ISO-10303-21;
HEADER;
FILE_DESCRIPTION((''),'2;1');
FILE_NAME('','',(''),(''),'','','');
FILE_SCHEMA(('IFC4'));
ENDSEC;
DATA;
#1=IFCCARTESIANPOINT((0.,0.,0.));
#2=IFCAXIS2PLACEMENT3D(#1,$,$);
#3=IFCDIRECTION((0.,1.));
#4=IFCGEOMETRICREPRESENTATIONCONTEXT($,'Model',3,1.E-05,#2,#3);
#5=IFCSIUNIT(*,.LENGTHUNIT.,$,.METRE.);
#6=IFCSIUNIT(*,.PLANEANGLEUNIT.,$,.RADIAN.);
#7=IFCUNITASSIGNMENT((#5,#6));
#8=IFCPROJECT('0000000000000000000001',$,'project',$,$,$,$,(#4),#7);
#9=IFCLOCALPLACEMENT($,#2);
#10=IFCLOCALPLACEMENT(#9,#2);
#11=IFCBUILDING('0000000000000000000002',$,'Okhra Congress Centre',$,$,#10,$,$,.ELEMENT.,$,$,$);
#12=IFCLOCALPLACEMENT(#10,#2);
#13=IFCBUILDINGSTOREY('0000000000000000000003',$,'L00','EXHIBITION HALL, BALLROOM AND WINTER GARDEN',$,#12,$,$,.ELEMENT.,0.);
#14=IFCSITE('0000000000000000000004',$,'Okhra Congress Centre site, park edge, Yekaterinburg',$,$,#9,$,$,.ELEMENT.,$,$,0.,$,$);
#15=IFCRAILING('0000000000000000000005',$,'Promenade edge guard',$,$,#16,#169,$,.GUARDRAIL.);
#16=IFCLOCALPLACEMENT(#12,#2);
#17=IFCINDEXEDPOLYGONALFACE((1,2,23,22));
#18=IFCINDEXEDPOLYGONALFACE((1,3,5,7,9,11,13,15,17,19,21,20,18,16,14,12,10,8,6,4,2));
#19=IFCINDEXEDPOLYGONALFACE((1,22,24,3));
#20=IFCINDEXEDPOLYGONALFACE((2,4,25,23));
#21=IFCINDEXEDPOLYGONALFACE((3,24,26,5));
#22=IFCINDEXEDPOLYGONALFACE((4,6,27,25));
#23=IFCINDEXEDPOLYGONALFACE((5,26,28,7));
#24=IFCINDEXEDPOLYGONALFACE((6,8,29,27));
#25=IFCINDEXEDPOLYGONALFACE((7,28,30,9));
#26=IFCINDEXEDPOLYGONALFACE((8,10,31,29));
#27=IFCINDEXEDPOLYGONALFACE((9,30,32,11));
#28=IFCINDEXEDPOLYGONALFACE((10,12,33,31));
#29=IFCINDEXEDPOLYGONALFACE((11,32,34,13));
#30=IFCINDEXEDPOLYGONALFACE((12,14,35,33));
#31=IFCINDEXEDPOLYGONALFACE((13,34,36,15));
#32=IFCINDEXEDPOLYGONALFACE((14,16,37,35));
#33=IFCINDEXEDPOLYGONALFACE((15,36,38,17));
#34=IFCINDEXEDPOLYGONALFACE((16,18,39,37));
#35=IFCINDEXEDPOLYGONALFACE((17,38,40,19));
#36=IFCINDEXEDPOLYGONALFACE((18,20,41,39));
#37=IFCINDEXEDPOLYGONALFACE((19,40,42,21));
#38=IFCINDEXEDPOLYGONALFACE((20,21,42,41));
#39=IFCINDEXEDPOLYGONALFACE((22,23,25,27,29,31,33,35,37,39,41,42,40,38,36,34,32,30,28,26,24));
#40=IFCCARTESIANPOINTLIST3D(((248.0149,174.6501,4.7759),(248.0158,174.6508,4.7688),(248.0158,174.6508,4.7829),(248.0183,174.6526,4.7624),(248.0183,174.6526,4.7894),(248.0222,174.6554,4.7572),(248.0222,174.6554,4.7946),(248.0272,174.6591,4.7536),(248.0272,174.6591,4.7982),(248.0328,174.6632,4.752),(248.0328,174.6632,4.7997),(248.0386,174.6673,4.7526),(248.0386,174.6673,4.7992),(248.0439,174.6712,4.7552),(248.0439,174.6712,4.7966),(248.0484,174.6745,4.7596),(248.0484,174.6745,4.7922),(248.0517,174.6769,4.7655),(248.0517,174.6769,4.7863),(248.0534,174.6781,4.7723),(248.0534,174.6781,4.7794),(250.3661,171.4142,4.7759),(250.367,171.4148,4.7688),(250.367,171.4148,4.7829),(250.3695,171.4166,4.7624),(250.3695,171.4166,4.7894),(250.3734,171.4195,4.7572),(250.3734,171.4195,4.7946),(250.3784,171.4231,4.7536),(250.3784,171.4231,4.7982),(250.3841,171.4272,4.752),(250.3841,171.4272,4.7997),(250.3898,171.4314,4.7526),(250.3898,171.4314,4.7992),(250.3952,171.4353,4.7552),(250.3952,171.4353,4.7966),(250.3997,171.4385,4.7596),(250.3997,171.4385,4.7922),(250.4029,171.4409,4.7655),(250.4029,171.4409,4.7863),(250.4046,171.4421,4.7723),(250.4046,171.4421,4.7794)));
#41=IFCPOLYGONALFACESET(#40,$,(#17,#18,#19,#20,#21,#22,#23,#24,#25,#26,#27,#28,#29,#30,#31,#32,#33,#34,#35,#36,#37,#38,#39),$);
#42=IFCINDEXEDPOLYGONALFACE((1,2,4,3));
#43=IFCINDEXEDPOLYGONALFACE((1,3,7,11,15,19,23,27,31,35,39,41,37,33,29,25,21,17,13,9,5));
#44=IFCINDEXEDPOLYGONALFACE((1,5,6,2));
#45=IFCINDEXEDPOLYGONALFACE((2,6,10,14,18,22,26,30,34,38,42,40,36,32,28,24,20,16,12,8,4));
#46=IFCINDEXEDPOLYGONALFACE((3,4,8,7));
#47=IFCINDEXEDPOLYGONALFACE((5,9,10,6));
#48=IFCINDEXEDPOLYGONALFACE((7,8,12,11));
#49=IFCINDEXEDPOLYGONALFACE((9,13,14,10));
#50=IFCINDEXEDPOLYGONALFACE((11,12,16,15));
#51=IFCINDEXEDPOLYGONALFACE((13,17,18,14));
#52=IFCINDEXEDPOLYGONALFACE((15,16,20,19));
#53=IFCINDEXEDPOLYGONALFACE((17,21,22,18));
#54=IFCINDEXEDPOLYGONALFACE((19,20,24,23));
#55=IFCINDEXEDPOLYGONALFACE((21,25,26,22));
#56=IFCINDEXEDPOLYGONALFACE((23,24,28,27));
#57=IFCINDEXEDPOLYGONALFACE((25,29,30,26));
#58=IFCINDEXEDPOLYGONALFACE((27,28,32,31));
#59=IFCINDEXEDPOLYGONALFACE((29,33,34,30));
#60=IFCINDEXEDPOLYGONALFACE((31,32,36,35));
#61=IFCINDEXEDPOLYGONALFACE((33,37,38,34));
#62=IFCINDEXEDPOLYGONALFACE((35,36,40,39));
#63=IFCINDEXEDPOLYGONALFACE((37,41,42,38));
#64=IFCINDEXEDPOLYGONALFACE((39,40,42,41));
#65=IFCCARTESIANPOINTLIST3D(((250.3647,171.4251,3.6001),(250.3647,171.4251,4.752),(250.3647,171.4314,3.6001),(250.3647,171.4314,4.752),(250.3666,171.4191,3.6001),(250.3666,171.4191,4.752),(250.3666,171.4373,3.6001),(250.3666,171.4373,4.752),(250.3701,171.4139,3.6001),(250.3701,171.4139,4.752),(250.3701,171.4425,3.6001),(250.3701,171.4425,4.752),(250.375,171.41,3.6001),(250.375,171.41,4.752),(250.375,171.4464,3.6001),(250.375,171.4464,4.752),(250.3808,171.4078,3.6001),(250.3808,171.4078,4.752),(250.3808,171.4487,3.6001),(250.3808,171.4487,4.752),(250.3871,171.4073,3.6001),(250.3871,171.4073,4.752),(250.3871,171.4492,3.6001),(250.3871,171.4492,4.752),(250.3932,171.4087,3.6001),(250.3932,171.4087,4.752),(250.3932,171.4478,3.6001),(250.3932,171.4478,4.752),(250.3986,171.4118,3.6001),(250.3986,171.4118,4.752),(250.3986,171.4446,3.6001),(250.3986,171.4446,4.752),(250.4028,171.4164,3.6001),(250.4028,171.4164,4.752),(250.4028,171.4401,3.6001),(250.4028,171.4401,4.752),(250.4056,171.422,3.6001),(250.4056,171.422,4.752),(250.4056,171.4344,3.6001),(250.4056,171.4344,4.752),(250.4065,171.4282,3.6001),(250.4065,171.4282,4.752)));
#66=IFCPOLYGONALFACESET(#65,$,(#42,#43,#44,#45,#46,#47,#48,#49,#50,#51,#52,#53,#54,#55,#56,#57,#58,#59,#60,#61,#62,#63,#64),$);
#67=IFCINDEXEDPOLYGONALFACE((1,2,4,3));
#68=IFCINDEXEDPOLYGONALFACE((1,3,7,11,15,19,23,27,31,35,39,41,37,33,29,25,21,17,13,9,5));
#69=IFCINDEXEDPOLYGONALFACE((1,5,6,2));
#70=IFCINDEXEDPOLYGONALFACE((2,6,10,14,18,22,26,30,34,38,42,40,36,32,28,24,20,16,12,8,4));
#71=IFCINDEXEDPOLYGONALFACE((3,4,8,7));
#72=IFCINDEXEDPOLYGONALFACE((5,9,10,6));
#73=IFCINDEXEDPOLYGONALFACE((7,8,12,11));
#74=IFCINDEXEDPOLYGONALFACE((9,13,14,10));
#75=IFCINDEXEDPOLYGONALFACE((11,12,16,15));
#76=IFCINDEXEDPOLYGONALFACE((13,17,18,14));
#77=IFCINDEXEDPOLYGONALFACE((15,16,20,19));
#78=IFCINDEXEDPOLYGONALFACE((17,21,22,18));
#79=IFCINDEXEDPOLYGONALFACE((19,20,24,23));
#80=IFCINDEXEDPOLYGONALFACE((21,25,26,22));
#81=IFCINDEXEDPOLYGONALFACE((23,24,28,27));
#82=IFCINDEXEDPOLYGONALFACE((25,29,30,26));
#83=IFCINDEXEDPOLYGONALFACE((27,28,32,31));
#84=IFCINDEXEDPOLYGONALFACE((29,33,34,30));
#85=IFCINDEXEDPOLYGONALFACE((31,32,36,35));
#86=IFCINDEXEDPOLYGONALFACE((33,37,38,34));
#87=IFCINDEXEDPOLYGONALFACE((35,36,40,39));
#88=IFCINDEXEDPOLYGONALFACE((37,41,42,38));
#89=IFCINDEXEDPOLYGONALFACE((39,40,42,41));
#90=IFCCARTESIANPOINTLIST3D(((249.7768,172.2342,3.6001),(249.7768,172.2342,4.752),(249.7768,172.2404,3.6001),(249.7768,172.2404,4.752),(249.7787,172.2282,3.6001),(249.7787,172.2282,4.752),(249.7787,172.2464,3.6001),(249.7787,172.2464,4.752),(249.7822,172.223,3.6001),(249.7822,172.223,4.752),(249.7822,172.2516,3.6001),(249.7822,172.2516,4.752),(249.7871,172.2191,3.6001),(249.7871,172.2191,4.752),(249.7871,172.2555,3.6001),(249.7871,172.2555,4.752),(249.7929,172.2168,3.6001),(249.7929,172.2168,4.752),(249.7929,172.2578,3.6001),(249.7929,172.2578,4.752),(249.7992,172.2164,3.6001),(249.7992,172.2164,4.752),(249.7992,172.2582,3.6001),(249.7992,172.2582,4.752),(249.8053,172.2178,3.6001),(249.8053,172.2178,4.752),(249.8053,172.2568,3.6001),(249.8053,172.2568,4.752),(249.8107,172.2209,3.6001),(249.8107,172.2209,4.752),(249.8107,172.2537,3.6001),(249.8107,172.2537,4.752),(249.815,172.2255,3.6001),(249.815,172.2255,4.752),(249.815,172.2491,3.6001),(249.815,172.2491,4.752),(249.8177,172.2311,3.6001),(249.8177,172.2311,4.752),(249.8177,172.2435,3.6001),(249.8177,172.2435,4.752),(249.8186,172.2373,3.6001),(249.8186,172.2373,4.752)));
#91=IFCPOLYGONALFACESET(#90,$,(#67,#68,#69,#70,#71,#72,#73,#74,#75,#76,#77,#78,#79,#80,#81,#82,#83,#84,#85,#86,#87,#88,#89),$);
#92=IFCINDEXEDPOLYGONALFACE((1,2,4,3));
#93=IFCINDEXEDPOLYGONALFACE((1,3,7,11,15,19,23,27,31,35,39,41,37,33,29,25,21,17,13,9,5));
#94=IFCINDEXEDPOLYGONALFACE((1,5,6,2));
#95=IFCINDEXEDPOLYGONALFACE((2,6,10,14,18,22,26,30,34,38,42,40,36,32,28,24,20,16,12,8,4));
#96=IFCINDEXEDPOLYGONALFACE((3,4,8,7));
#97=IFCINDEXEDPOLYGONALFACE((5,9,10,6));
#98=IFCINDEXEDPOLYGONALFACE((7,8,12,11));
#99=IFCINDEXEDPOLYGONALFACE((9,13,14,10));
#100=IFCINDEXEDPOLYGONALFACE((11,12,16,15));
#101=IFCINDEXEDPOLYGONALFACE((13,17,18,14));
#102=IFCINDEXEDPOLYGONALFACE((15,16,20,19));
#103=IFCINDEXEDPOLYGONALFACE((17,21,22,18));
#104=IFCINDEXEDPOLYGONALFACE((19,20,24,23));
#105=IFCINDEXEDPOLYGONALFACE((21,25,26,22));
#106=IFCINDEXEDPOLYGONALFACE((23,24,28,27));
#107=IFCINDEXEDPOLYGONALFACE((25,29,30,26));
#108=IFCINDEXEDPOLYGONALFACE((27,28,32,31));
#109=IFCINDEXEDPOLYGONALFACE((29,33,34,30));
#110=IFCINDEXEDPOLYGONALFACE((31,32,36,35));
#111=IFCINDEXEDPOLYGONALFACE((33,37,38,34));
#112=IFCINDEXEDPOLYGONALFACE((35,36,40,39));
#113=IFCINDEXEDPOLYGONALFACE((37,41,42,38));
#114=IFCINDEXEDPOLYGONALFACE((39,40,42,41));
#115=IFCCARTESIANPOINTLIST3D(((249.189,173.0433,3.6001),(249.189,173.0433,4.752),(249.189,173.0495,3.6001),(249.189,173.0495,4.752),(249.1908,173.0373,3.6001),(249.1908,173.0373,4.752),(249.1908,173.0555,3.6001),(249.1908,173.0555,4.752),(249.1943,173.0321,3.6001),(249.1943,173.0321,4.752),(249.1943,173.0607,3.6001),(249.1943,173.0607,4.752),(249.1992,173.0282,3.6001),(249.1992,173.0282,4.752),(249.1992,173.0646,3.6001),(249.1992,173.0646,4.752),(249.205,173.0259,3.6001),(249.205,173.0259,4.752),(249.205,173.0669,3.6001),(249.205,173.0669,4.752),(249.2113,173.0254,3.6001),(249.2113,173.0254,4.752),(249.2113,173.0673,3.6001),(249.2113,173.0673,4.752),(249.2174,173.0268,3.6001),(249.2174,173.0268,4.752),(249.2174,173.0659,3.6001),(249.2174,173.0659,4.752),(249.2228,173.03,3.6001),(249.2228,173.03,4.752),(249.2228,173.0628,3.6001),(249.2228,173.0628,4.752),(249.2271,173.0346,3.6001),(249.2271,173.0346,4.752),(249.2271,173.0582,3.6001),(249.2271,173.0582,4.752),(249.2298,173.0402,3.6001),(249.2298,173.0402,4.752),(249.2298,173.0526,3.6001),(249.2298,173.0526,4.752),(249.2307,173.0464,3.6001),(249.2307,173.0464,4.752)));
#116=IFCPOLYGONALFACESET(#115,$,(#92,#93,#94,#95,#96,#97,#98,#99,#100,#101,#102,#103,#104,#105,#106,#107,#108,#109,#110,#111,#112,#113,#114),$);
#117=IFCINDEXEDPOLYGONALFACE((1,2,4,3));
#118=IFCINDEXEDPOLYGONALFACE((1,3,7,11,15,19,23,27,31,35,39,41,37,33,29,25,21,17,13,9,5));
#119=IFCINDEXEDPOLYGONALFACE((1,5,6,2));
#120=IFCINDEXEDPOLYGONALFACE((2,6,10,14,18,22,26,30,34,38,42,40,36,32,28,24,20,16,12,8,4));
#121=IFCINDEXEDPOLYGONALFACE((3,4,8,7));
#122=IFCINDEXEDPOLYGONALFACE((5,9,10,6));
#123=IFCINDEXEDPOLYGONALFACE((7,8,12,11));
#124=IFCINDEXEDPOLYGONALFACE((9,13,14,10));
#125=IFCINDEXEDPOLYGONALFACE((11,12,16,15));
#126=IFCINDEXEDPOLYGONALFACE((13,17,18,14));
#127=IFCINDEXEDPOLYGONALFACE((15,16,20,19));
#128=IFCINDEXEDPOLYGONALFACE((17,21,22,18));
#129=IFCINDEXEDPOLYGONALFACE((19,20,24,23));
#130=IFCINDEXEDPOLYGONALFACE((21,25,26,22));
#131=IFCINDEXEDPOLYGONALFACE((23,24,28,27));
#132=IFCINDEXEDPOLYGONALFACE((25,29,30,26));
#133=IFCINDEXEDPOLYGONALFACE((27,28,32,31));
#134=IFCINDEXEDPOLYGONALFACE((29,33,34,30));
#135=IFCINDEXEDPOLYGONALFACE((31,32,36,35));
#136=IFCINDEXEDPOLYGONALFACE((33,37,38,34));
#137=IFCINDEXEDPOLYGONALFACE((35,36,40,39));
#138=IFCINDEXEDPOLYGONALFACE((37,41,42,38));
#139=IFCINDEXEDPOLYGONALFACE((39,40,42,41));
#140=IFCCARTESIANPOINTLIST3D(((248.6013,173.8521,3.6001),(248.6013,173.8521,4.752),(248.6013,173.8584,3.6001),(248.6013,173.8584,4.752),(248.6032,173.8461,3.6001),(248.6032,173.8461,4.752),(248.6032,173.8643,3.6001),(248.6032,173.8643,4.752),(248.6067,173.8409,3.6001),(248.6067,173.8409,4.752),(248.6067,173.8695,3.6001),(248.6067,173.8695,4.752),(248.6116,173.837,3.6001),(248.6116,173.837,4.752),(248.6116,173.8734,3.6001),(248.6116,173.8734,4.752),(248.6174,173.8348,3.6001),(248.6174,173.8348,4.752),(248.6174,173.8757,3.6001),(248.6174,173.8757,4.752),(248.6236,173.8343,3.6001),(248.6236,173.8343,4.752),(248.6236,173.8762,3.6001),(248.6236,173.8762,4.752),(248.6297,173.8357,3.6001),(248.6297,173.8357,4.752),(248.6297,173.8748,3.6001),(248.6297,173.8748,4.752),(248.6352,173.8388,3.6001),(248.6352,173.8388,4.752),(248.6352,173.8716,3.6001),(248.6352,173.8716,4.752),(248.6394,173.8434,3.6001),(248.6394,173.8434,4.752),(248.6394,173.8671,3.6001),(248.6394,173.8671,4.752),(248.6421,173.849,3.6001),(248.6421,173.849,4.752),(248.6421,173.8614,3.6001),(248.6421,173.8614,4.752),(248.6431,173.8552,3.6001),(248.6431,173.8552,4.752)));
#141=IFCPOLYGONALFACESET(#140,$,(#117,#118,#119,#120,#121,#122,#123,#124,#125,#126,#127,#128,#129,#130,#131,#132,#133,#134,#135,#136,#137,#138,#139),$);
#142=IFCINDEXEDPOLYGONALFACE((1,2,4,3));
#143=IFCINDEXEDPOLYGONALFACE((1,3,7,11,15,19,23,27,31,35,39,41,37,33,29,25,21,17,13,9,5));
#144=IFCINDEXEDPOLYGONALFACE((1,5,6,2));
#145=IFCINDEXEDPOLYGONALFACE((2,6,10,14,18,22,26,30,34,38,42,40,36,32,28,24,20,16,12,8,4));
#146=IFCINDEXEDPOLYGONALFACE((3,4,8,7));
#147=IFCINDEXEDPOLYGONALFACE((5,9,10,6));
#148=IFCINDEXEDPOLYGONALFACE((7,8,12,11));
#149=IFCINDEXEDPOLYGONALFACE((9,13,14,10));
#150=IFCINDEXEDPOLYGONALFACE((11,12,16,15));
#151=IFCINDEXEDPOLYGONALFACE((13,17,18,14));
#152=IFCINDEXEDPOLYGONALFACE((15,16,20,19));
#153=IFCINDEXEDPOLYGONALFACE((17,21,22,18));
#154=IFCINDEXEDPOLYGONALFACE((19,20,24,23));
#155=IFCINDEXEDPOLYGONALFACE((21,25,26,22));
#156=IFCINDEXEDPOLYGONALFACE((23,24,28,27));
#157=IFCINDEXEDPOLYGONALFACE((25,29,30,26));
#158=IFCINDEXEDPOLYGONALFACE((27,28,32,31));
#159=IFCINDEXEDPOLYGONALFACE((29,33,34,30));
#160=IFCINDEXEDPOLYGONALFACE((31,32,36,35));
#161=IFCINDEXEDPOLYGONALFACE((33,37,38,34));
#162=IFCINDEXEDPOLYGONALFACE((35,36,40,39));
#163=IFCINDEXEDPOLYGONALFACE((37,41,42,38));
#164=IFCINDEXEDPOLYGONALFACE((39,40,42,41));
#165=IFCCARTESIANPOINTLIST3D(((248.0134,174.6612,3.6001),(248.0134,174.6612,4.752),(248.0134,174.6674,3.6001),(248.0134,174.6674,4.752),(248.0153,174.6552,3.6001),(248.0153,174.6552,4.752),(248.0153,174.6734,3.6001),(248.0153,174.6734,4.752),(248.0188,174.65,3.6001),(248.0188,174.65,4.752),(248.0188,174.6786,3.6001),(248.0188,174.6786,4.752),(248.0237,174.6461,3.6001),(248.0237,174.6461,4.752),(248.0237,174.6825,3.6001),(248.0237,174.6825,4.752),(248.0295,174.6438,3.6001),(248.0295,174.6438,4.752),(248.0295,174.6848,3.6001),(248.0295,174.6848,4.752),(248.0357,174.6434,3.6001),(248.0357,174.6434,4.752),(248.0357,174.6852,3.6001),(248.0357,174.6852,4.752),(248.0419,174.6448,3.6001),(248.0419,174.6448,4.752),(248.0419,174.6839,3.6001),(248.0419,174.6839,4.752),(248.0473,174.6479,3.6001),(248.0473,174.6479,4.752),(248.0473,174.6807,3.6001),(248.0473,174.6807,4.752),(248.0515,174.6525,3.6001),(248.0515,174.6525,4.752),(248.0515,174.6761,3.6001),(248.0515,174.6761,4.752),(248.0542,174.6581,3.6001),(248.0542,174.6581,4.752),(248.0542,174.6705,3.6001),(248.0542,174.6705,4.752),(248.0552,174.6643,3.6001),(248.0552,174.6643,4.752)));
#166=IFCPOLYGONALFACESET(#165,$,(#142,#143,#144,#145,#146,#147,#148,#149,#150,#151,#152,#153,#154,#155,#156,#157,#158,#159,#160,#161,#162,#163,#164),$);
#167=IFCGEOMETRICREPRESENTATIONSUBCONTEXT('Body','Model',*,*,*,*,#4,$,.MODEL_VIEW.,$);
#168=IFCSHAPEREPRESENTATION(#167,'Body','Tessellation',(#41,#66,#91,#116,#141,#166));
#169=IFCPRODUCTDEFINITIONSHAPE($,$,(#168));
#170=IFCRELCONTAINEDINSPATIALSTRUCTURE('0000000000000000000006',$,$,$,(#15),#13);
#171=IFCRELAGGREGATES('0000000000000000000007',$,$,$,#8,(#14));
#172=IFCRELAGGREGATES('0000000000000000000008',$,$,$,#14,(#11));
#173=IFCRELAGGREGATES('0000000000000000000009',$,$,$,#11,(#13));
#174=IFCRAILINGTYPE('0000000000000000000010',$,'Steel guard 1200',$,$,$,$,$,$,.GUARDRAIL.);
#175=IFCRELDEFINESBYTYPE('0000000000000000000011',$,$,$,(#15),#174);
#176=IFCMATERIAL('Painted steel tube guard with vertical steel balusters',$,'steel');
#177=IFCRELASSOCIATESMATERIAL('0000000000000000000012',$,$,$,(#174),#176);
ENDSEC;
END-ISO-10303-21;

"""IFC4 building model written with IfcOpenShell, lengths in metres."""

from ifc_helpers import new_model, si_unit, direction, frame, origin, origin_2d, place, context, subcontext, project, spatial, circle, extrude, material, type_object, element, save


model = new_model("IFC4")

# Units and contexts
model_context = context("Model", 3, precision=1e-05, world=origin(), true_north=direction((0.0, 1.0)))
body_context = subcontext(model_context, "Body", "Model", "MODEL_VIEW")
ifc_project = project(units=[si_unit("LENGTHUNIT", "METRE"), si_unit("PLANEANGLEUNIT", "RADIAN")], contexts=[model_context])

# Site, building, storey
site_placement = place(None, origin())
site = spatial("IfcSite", under=ifc_project, at=site_placement, Name="Okhra Congress Centre site, park edge, Yekaterinburg", CompositionType="ELEMENT", RefElevation=0.0)
building_placement = place(site_placement, origin())
building = spatial("IfcBuilding", under=site, at=building_placement, Name="Okhra Congress Centre", CompositionType="ELEMENT")
storey_placement = place(building_placement, origin())
storey = spatial("IfcBuildingStorey", under=building, at=storey_placement, Name="L00", Description="EXHIBITION HALL, BALLROOM AND WINTER GARDEN", CompositionType="ELEMENT", Elevation=0.0)

# Railing
ifc_material_1 = material(Name="Painted steel tube guard with vertical steel balusters", Category="steel")
railing_type = type_object("IfcRailingType", Name="Steel guard 1200", PredefinedType="GUARDRAIL", material=ifc_material_1)
railing_1_placement = place(storey_placement, frame((250.3855, 171.4282, 3.6001)))
element("IfcRailing", 1, at=railing_1_placement, inside=storey, type_object=railing_type, Name="Promenade edge guard", PredefinedType="GUARDRAIL", context=body_context, shape_type="SweptSolid", body=[
    extrude(circle(Radius=0.0239, at=origin_2d()), frame((0.0, 0.0, 1.1758), z_axis=(-0.587812, 0.808997, 0.0), x_axis=(-0.808997, -0.587812, 0.0)), (0.0, 0.0, 1.0), 4.0),
    extrude(circle(Radius=0.021, at=origin_2d()), origin(), (0.0, 0.0, 1.0), 1.1519),
    extrude(circle(Radius=0.021, at=origin_2d()), frame((-0.5879, 0.8091, 0.0)), (0.0, 0.0, 1.0), 1.1519),
    extrude(circle(Radius=0.021, at=origin_2d()), frame((-1.1758, 1.6182, 0.0)), (0.0, 0.0, 1.0), 1.1519),
    extrude(circle(Radius=0.021, at=origin_2d()), frame((-1.7634, 2.427, 0.0)), (0.0, 0.0, 1.0), 1.1519),
    extrude(circle(Radius=0.021, at=origin_2d()), frame((-2.3513, 3.2361, 0.0)), (0.0, 0.0, 1.0), 1.1519),
])

save(model, "model.ifc")
